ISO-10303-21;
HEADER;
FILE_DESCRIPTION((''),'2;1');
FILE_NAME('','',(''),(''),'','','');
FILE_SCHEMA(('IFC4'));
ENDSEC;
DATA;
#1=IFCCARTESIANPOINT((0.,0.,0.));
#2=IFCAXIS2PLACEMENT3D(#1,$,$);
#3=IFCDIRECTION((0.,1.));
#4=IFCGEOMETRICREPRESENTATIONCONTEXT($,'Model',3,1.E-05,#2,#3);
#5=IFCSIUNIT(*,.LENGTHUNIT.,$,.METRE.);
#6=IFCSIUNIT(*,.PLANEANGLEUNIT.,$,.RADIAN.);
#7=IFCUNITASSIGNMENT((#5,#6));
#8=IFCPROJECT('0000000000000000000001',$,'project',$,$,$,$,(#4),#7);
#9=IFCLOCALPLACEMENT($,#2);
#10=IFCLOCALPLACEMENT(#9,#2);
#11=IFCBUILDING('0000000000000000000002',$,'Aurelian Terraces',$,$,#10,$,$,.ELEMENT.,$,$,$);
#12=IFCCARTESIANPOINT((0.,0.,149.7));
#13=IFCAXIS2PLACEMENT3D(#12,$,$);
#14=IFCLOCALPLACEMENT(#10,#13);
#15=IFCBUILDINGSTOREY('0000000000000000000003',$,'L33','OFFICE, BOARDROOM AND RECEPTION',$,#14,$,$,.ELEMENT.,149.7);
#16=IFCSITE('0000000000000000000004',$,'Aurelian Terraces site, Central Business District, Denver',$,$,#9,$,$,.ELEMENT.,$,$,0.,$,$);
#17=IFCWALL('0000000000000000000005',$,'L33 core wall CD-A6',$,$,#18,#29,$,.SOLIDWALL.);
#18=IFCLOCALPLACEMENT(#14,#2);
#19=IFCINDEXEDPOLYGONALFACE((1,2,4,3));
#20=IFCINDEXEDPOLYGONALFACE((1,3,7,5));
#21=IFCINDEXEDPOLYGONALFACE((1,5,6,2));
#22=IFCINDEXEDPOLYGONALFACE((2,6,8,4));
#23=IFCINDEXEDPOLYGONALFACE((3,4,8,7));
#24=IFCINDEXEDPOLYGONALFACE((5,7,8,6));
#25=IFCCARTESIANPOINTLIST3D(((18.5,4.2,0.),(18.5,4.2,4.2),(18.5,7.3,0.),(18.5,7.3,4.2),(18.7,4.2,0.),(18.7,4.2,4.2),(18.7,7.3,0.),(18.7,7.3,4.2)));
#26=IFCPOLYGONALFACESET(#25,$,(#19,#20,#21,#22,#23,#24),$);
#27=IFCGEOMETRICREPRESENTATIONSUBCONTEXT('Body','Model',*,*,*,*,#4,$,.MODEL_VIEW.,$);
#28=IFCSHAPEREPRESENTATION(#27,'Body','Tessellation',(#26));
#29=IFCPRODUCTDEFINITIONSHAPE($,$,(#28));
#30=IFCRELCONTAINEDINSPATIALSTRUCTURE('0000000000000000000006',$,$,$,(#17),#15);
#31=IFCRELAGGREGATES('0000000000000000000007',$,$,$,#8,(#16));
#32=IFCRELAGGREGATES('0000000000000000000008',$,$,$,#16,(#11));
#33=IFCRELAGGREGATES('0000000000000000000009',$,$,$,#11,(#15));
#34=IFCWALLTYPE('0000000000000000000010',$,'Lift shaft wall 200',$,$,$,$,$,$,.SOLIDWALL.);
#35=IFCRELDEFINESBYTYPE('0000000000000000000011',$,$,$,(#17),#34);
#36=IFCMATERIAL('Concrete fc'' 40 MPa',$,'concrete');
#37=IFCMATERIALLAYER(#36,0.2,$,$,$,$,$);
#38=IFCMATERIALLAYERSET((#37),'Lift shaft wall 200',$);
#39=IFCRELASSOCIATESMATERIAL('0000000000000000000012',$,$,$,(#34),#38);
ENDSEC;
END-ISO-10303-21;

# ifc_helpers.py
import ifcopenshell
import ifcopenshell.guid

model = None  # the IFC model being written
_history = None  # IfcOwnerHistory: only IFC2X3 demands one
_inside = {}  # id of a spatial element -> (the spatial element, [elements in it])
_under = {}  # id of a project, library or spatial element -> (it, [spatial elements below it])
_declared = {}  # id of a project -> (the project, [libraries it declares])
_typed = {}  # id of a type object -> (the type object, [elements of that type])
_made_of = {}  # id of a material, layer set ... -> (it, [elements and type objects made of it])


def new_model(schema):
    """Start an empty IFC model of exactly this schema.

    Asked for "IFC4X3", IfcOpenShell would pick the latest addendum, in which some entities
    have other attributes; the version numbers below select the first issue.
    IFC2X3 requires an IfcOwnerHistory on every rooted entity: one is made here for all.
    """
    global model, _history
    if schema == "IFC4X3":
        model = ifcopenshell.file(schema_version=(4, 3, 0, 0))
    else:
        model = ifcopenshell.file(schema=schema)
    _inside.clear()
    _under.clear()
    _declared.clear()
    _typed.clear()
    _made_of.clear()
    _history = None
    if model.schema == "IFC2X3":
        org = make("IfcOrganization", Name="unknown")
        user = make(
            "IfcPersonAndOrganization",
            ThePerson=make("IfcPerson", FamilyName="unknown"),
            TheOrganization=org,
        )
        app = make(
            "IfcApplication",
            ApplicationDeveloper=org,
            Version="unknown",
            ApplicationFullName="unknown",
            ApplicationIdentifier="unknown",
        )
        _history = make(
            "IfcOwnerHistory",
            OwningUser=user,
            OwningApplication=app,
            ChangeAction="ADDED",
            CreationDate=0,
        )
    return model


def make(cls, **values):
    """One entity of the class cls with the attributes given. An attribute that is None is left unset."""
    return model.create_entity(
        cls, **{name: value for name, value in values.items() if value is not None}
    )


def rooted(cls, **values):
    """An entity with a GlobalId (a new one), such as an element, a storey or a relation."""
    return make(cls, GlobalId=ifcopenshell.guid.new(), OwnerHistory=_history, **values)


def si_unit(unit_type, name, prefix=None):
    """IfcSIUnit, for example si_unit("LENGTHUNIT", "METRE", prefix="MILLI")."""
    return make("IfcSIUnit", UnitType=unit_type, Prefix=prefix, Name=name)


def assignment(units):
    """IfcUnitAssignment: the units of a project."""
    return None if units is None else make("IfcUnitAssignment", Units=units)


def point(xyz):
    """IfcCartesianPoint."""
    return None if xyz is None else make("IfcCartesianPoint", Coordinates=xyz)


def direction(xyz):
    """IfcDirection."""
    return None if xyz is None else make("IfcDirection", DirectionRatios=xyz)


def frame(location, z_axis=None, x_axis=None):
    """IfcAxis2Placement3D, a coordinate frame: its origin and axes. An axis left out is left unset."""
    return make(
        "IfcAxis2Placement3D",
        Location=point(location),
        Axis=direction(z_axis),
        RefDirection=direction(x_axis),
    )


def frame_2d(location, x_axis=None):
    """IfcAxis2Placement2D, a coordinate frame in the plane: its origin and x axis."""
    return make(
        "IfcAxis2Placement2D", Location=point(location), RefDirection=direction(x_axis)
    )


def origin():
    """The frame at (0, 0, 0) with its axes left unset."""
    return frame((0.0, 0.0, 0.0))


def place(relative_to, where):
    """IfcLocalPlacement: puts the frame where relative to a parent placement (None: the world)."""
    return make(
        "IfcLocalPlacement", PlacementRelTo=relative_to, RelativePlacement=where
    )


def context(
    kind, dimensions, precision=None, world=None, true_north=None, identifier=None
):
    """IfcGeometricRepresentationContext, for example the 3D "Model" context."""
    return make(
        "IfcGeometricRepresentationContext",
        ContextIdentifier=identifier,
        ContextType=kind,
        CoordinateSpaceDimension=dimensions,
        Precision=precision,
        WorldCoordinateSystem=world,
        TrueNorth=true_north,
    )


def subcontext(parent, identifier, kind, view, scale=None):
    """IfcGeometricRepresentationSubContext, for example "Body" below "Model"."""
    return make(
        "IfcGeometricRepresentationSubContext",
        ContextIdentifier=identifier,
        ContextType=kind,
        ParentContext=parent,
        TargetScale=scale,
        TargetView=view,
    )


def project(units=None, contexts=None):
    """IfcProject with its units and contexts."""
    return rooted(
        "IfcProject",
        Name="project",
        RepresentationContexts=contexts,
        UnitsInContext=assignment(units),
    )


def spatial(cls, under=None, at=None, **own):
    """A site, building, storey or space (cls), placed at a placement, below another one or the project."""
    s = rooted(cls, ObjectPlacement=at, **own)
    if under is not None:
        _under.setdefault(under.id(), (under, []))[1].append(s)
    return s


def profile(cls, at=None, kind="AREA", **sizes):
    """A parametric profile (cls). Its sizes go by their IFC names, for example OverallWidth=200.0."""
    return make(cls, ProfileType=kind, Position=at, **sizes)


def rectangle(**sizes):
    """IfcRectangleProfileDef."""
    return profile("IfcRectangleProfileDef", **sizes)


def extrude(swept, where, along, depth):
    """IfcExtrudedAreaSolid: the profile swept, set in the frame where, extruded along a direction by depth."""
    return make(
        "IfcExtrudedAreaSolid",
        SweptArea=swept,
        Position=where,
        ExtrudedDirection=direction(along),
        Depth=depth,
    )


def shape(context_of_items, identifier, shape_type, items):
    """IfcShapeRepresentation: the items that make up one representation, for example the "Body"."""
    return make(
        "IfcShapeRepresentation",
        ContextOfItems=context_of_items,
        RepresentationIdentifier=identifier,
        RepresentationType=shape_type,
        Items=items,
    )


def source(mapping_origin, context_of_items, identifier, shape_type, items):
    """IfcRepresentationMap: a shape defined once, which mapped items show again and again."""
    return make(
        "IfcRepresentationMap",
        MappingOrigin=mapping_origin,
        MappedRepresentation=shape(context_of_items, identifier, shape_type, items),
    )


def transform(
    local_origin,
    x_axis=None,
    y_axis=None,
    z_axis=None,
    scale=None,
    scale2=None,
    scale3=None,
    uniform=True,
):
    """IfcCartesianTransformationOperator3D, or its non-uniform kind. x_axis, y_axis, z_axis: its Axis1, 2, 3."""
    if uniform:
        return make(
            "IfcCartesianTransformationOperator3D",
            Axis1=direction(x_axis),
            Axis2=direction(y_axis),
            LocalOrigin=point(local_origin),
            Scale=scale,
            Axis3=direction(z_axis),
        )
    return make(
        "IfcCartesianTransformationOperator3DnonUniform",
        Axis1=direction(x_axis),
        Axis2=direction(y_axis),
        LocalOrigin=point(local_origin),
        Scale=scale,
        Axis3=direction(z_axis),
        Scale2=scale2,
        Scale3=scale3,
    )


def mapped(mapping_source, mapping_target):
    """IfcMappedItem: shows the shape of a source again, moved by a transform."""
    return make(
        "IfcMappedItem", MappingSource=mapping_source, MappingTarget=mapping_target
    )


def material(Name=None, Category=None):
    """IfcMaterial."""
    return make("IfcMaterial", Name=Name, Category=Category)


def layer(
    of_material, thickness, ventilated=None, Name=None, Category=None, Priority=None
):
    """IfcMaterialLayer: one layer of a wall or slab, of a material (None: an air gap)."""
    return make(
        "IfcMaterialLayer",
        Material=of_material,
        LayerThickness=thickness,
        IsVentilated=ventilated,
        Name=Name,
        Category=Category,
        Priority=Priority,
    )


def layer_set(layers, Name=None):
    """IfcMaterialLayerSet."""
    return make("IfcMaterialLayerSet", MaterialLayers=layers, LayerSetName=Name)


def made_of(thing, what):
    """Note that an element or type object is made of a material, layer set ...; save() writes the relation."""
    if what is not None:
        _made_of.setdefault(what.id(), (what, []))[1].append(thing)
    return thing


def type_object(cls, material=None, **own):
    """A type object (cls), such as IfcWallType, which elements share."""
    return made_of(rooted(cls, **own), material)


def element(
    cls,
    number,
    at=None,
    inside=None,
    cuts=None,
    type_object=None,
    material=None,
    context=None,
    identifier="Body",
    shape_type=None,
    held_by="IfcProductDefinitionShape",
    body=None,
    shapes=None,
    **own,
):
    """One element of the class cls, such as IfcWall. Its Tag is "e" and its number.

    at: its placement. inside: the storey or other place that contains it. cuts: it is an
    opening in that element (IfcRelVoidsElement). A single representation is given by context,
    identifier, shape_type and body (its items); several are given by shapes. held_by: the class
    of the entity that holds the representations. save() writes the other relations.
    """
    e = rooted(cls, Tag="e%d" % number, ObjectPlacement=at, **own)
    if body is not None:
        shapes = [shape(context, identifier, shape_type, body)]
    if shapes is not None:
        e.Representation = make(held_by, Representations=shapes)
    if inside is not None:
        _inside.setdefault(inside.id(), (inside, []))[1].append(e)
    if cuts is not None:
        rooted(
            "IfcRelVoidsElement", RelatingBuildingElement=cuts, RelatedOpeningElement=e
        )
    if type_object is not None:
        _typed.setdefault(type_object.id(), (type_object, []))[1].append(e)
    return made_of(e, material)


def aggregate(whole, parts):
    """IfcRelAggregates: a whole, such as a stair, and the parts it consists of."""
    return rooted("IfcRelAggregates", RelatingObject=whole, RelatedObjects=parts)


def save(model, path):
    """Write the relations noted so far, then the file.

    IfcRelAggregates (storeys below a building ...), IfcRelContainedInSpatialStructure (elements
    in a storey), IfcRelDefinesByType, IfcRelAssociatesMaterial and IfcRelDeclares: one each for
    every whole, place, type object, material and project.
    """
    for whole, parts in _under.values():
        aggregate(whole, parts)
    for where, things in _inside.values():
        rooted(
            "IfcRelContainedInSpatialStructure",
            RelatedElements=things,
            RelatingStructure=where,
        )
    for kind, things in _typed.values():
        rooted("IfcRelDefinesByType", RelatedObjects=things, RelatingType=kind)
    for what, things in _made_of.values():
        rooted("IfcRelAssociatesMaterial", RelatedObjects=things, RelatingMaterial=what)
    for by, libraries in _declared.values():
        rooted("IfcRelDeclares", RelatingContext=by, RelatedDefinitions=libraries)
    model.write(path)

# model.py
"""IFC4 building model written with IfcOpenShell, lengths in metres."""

from ifc_helpers import new_model, si_unit, direction, frame, frame_2d, origin, place, context, subcontext, project, spatial, rectangle, extrude, source, transform, mapped, material, layer, layer_set, type_object, element, save


model = new_model("IFC4")

# Units and contexts
model_context = context("Model", 3, precision=1e-05, world=origin(), true_north=direction((0.0, 1.0)))
body_context = subcontext(model_context, "Body", "Model", "MODEL_VIEW")
ifc_project = project(units=[si_unit("LENGTHUNIT", "METRE"), si_unit("PLANEANGLEUNIT", "RADIAN")], contexts=[model_context])

# Site, building, storey
site_placement = place(None, origin())
site = spatial("IfcSite", under=ifc_project, at=site_placement, Name="Aurelian Terraces site, Central Business District, Denver", CompositionType="ELEMENT", RefElevation=0.0)
building_placement = place(site_placement, origin())
building = spatial("IfcBuilding", under=site, at=building_placement, Name="Aurelian Terraces", CompositionType="ELEMENT")
storey_placement = place(building_placement, frame((0.0, 0.0, 149.7)))
storey = spatial("IfcBuildingStorey", under=building, at=storey_placement, Name="L33", Description="OFFICE, BOARDROOM AND RECEPTION", CompositionType="ELEMENT", Elevation=149.7)

# Wall
ifc_material_1 = material(Name="Concrete fc' 40 MPa", Category="concrete")
ifc_layer_1 = layer(ifc_material_1, 0.2)
ifc_layer_set_1 = layer_set([ifc_layer_1], Name="Lift shaft wall 200")
wall_type_1 = type_object("IfcWallType", Name="Lift shaft wall 200", PredefinedType="SOLIDWALL", material=ifc_layer_set_1)
shared_shape_1 = source(origin(), body_context, "Body", "SweptSolid", [
    extrude(rectangle(XDim=3.1, YDim=0.2, at=frame_2d((1.55, 0.0))), origin(), (0.0, 0.0, 1.0), 4.2),
])
wall_1_placement = place(storey_placement, frame((18.6, 4.2, 0.0), z_axis=(0.0, 0.0, 1.0), x_axis=(0.0, 1.0, 0.0)))
element("IfcWall", 1, at=wall_1_placement, inside=storey, type_object=wall_type_1, Name="L33 core wall CD-A6", PredefinedType="SOLIDWALL", context=body_context, shape_type="MappedRepresentation", body=[
    mapped(shared_shape_1, transform((0.0, 0.0, 0.0), scale=1.0)),
])

save(model, "model.ifc")
